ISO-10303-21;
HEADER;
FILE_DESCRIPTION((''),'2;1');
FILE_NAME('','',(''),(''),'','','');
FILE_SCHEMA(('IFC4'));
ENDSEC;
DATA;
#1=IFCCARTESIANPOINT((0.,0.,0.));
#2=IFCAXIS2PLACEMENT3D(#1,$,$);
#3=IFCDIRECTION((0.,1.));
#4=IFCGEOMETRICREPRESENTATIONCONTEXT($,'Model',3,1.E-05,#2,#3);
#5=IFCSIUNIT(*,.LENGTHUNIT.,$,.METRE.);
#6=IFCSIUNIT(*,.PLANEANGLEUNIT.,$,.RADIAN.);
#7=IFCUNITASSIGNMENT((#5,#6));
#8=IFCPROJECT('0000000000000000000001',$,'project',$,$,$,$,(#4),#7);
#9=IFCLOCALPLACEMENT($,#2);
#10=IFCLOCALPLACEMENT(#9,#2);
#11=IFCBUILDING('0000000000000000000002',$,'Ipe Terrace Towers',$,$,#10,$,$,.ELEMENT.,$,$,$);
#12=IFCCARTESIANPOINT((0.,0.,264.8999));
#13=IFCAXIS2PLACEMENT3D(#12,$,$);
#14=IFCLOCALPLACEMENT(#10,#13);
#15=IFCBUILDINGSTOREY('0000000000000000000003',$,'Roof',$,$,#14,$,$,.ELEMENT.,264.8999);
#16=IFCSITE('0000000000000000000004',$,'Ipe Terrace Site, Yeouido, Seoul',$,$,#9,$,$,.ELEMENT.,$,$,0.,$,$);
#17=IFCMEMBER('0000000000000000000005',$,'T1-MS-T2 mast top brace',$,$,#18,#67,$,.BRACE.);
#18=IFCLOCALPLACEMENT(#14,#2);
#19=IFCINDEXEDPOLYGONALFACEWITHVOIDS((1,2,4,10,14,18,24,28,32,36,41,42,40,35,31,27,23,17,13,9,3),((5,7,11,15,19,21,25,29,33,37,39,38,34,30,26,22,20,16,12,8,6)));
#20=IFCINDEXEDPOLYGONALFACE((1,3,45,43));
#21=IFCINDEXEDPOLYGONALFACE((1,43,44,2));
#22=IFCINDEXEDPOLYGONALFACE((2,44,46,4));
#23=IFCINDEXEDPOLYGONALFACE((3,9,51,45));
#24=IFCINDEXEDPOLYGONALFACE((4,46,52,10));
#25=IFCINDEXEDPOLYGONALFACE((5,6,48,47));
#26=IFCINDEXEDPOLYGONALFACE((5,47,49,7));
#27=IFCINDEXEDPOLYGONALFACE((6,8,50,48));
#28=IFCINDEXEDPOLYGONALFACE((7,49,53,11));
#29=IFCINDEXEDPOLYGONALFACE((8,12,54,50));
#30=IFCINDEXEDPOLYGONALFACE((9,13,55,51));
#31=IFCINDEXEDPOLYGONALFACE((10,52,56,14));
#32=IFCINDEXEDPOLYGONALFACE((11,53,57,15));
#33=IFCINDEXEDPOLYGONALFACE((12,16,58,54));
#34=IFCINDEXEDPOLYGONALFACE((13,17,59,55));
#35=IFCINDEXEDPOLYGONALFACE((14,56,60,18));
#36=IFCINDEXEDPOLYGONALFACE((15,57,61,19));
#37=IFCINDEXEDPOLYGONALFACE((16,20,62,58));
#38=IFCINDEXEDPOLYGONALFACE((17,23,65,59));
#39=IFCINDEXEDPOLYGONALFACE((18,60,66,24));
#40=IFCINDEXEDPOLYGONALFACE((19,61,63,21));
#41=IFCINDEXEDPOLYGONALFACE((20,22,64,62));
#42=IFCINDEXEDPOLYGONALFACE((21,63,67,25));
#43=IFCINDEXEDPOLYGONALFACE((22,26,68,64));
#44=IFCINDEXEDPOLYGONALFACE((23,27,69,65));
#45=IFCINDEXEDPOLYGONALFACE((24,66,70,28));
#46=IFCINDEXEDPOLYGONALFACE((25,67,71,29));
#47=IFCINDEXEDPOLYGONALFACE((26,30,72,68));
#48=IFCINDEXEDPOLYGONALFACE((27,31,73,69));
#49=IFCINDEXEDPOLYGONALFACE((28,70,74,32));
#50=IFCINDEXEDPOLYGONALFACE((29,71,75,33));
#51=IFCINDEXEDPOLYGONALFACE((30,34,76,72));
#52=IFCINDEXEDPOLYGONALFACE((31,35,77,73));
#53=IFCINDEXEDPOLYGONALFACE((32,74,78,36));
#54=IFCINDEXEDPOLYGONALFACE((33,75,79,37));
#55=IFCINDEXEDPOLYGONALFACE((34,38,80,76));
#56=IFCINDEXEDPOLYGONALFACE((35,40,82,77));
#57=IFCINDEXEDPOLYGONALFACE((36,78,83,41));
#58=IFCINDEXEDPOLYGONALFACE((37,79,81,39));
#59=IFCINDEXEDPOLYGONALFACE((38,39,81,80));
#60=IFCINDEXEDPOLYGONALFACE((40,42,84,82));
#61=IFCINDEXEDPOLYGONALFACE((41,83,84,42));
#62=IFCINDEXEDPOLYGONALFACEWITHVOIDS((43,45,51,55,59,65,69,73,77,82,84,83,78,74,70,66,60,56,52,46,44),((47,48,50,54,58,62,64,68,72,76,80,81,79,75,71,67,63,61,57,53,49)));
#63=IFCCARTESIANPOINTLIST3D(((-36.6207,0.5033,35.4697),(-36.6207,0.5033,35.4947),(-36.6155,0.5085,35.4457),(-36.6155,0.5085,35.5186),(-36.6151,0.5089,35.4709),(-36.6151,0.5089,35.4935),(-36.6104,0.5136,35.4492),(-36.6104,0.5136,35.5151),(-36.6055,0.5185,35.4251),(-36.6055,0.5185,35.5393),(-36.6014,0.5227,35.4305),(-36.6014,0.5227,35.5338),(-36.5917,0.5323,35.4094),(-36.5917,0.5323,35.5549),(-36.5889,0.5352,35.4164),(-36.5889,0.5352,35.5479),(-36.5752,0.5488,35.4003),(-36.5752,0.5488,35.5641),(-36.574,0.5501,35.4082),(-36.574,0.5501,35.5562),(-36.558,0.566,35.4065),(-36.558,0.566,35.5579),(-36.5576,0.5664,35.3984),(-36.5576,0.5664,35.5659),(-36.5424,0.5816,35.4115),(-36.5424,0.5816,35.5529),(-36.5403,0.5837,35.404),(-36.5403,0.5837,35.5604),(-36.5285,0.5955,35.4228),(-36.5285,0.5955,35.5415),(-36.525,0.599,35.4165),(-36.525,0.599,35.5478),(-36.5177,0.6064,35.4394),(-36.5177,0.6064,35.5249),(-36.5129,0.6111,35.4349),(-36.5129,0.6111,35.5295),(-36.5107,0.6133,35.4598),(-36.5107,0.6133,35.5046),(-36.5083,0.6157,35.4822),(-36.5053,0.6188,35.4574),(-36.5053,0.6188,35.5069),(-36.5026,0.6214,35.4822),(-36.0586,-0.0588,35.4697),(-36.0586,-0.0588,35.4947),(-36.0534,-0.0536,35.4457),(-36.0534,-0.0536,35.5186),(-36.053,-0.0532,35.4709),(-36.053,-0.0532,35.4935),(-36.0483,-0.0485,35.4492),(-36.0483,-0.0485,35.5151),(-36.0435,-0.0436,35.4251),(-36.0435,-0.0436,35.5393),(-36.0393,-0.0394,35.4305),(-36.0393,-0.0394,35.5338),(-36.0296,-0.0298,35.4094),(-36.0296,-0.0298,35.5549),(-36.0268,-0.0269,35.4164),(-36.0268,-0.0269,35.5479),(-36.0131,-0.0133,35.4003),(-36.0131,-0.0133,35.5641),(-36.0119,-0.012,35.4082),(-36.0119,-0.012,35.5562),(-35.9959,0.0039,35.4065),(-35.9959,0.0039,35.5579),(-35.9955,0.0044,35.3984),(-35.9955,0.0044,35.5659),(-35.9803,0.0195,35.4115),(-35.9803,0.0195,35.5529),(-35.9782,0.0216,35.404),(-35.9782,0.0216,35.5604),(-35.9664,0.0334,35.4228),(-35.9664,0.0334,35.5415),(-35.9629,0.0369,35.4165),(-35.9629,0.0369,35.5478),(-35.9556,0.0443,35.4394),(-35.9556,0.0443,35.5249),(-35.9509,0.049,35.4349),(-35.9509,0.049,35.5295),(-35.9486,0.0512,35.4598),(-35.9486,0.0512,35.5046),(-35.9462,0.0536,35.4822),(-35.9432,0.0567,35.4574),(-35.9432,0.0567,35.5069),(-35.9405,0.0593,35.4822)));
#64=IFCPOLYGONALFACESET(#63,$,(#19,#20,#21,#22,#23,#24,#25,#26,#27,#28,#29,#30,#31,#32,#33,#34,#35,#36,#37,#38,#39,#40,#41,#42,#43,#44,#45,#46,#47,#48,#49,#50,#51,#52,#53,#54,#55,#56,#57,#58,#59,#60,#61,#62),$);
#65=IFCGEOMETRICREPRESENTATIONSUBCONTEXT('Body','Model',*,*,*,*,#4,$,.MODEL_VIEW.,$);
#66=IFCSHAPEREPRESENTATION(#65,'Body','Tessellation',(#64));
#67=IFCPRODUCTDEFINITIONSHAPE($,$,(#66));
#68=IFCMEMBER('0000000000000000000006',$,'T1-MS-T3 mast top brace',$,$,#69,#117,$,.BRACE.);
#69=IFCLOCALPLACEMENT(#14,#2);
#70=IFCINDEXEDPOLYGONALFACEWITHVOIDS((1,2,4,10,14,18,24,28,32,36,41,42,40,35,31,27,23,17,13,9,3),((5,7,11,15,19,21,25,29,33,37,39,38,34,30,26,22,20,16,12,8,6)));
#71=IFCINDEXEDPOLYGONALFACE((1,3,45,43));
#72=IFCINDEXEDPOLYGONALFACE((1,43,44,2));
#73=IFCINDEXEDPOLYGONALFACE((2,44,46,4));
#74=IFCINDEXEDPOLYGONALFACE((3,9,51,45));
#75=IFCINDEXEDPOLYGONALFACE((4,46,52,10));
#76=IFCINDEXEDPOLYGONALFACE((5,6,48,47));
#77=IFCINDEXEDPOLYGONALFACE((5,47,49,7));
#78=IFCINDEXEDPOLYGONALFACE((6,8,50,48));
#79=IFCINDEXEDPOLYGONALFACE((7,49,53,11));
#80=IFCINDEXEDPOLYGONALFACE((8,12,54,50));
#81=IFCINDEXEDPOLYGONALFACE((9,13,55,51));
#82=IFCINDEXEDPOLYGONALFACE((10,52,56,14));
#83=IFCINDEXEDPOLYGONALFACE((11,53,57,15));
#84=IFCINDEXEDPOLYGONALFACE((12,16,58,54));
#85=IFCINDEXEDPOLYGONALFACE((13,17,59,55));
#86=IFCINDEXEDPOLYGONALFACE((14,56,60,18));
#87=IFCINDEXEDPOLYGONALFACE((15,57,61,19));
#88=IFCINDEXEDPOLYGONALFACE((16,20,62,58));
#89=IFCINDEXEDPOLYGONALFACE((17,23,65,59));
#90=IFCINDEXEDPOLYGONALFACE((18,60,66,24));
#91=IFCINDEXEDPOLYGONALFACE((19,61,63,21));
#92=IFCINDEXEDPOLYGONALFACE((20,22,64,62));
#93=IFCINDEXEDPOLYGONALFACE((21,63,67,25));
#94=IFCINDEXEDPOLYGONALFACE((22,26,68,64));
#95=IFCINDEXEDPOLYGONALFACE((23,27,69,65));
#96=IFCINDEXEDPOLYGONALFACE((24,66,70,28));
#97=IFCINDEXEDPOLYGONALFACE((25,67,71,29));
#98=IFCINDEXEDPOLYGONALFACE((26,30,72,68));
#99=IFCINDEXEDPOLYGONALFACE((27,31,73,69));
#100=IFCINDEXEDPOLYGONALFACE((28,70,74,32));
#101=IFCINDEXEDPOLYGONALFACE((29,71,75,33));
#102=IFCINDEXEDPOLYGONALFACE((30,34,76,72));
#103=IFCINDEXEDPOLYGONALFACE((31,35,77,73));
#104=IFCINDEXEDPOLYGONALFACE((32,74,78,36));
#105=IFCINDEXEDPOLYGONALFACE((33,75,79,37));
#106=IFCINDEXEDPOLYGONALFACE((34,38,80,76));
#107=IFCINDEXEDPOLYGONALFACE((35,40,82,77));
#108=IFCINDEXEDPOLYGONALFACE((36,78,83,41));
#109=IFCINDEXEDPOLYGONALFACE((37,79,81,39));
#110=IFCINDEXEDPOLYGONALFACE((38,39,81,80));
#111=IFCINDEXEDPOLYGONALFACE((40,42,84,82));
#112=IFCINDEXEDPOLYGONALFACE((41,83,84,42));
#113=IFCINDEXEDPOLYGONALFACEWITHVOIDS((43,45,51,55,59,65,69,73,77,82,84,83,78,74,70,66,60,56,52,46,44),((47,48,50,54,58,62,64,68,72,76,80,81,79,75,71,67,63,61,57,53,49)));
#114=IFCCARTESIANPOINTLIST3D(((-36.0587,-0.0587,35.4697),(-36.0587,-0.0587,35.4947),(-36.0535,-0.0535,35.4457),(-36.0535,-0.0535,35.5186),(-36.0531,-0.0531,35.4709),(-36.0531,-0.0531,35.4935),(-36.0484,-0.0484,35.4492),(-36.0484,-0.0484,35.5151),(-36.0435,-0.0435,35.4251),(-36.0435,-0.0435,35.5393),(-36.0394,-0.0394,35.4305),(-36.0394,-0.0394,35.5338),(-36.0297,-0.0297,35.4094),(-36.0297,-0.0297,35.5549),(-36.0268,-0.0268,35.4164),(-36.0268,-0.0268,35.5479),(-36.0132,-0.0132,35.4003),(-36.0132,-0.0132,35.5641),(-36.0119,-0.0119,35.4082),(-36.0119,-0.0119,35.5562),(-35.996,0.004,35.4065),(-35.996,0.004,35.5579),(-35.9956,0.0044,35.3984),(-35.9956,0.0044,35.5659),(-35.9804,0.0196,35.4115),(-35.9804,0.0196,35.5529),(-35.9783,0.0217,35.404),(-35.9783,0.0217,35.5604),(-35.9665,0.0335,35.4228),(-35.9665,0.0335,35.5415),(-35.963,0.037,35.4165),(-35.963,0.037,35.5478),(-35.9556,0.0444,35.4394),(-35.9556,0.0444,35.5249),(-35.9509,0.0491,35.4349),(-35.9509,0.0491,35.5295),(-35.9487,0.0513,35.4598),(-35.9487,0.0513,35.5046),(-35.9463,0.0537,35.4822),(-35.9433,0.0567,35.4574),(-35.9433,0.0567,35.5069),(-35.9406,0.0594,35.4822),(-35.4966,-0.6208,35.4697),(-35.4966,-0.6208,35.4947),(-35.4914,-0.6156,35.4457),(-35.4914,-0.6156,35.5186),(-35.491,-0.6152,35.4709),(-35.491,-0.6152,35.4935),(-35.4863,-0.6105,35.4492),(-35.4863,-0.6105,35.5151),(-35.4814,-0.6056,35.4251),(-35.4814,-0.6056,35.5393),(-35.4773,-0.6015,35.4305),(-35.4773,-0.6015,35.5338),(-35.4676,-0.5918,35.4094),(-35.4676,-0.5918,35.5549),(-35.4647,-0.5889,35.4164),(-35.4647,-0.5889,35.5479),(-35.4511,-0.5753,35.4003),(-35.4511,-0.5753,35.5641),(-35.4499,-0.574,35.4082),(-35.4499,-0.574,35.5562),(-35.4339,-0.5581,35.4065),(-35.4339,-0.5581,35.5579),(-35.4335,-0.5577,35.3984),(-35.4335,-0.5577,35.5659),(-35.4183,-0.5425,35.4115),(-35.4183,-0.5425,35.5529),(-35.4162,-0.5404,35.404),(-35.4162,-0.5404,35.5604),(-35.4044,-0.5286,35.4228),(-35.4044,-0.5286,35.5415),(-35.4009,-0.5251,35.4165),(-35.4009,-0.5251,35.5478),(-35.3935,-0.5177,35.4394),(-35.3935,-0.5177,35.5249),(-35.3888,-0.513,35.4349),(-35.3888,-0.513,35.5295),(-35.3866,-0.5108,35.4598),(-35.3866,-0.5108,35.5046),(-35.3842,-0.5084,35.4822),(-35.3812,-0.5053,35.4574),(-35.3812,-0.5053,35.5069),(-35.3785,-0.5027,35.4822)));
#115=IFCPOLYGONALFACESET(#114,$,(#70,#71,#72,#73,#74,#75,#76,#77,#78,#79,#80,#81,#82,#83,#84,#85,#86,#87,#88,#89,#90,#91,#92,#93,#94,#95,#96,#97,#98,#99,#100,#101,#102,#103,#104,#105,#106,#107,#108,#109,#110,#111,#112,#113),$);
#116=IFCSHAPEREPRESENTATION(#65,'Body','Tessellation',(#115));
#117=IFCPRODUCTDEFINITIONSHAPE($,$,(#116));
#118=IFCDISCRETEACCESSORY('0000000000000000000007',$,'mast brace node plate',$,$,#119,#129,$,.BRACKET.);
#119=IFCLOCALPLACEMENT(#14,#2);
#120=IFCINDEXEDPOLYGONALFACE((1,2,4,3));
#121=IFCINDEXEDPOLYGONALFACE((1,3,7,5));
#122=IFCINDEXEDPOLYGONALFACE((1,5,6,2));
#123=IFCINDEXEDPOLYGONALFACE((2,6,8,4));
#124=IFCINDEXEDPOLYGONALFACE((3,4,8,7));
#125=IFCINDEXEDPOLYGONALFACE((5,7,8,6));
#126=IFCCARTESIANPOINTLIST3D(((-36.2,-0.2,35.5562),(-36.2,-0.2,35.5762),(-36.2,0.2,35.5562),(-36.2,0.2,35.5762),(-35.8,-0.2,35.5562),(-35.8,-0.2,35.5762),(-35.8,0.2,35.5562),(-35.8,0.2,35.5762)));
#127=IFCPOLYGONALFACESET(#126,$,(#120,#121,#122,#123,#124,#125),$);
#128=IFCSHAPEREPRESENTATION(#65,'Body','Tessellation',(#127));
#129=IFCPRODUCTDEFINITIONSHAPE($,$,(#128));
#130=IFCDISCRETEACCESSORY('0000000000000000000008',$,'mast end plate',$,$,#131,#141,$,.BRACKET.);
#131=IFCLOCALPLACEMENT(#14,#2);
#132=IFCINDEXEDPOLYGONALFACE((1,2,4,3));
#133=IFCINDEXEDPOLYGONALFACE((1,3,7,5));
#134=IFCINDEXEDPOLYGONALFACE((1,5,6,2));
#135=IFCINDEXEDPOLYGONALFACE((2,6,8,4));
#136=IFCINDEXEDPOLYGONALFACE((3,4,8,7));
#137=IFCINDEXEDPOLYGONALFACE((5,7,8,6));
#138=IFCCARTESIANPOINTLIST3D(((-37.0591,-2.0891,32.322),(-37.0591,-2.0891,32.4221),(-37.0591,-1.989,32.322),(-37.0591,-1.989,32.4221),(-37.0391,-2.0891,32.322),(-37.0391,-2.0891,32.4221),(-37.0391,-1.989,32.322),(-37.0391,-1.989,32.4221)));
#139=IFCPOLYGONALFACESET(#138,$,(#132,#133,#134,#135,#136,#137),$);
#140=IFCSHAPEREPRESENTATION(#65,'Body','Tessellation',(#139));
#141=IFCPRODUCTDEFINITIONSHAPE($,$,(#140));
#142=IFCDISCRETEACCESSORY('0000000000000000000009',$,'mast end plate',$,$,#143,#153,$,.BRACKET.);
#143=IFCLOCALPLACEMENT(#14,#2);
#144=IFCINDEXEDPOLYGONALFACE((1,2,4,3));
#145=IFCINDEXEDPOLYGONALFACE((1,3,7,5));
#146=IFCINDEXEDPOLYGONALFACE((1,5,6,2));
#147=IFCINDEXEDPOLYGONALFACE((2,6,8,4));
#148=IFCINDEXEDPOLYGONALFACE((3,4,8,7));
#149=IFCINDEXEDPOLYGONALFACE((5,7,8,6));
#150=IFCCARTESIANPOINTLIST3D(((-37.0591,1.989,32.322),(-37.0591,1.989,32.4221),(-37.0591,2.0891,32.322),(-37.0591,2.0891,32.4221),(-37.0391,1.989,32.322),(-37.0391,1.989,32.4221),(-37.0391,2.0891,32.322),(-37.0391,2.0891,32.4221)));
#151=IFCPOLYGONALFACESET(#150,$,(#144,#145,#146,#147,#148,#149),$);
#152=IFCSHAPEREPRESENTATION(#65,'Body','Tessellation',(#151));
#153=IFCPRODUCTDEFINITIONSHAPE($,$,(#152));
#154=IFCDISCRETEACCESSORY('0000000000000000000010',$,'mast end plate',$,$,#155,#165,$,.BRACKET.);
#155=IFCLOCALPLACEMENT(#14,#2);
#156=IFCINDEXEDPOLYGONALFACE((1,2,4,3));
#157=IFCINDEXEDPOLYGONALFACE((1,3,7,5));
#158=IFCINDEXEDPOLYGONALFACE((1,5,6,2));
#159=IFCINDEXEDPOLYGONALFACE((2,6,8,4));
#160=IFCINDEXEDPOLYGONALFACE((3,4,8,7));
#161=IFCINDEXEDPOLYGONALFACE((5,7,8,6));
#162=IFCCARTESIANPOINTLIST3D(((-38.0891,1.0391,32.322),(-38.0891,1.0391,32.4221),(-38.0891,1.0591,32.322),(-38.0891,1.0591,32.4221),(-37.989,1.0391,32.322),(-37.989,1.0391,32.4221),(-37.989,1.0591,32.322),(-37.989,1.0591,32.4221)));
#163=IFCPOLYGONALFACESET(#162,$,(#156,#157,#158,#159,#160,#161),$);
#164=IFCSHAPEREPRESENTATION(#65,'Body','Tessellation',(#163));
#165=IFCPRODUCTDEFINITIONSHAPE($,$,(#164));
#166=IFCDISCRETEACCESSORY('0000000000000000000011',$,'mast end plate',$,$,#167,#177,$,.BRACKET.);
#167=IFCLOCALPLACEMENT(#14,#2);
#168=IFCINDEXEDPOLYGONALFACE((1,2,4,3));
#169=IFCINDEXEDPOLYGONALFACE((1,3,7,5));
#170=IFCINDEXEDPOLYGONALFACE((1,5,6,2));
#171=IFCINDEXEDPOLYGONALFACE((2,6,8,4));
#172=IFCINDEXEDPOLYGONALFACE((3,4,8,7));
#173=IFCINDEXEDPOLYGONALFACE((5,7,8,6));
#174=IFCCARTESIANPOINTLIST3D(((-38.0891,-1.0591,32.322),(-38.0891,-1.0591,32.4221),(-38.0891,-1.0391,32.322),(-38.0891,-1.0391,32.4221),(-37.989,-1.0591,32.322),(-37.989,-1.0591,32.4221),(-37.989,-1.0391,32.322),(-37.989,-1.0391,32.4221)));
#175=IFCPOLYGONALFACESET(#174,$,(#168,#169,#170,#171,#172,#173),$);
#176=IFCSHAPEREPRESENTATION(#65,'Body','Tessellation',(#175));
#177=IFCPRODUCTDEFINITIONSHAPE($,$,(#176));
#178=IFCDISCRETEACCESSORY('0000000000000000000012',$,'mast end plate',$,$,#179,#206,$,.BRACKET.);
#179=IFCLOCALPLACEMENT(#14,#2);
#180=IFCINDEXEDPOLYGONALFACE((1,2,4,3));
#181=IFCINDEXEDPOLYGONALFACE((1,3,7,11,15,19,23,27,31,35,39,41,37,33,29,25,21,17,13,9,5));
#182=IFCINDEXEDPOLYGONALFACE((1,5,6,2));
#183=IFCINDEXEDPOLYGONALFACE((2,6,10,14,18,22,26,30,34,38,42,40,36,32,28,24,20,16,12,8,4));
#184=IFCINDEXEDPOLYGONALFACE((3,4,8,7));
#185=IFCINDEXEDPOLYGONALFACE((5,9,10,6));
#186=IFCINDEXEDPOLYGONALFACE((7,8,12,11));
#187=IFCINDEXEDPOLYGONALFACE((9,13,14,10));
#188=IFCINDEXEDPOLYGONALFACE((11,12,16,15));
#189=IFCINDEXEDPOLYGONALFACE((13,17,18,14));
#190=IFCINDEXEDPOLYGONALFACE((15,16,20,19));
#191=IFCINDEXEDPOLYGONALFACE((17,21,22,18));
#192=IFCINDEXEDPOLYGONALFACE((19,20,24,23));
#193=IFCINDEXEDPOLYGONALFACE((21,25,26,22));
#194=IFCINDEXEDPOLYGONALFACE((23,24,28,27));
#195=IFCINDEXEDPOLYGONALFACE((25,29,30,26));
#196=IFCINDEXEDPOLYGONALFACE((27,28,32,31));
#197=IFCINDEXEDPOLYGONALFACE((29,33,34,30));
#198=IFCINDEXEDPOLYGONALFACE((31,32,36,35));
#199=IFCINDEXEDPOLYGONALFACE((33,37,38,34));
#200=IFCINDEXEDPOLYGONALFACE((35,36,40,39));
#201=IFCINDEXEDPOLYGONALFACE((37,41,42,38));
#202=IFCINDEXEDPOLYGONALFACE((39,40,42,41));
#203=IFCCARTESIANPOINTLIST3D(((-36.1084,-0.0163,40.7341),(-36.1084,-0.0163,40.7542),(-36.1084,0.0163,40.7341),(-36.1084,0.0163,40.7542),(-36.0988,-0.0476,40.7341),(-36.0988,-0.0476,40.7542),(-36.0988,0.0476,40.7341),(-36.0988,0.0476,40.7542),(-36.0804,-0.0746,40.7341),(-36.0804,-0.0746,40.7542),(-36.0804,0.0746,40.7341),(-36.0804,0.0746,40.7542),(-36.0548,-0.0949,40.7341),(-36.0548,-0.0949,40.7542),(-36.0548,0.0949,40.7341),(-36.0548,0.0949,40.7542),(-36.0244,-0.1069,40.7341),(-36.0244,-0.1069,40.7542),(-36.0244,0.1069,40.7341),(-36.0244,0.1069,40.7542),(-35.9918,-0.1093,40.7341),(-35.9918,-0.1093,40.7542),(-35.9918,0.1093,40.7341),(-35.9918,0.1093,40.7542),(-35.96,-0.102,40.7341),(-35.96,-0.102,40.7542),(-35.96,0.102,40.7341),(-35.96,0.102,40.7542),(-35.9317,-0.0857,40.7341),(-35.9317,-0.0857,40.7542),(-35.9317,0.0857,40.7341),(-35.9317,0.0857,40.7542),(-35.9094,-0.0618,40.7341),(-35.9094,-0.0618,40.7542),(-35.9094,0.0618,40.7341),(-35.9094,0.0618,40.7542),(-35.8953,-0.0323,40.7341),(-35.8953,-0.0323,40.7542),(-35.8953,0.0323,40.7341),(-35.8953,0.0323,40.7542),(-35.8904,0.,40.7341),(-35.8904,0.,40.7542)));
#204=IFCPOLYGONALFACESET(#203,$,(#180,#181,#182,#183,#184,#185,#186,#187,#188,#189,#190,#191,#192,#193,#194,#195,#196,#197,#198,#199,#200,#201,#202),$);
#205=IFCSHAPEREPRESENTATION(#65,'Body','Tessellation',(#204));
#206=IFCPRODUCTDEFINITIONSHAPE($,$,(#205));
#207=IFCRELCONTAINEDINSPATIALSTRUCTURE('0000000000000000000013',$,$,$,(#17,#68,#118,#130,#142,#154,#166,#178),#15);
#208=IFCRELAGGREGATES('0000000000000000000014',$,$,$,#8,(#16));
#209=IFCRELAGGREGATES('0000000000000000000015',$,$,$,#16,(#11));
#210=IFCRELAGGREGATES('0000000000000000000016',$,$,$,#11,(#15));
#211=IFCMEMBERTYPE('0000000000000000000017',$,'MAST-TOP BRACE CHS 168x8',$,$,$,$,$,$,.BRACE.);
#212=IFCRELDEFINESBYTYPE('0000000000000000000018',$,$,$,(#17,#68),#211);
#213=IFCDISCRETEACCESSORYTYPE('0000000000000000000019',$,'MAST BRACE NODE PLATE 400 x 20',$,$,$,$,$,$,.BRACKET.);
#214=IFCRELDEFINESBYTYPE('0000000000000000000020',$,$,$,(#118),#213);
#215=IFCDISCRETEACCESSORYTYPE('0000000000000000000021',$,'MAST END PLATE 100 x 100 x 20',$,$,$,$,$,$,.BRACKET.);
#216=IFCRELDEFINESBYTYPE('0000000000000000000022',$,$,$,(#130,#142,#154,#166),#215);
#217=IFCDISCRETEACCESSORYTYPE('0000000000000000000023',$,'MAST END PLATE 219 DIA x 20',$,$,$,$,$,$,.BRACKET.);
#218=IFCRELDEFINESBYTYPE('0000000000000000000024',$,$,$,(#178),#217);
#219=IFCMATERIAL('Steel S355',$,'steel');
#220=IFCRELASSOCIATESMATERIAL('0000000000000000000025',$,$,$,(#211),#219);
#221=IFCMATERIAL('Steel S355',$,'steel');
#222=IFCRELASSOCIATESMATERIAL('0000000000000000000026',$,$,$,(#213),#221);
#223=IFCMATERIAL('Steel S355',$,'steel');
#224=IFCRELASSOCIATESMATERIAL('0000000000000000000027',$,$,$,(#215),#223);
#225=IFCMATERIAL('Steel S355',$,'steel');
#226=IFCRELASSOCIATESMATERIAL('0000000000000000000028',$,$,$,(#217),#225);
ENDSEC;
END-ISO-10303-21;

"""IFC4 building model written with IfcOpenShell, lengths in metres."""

from ifc_helpers import new_model, si_unit, direction, frame, origin, origin_2d, place, context, subcontext, project, spatial, rectangle, circle, hollow_circle, extrude, material, material_profile, profile_set, type_object, element, save


model = new_model("IFC4")

# Units and contexts
model_context = context("Model", 3, precision=1e-05, world=origin(), true_north=direction((0.0, 1.0)))
body_context = subcontext(model_context, "Body", "Model", "MODEL_VIEW")
ifc_project = project(units=[si_unit("LENGTHUNIT", "METRE"), si_unit("PLANEANGLEUNIT", "RADIAN")], contexts=[model_context])

# Site, building, storey
site_placement = place(None, origin())
site = spatial("IfcSite", under=ifc_project, at=site_placement, Name="Ipe Terrace Site, Yeouido, Seoul", CompositionType="ELEMENT", RefElevation=0.0)
building_placement = place(site_placement, origin())
building = spatial("IfcBuilding", under=site, at=building_placement, Name="Ipe Terrace Towers", CompositionType="ELEMENT")
storey_placement = place(building_placement, frame((0.0, 0.0, 264.8999)))
storey = spatial("IfcBuildingStorey", under=building, at=storey_placement, Name="Roof", CompositionType="ELEMENT", Elevation=264.8999)

# Members
ifc_material_1 = material(Name="Steel S355", Category="steel")
ifc_material_profile_1 = material_profile(ifc_material_1, hollow_circle(Radius=0.084, WallThickness=0.0081, at=origin_2d()), Name="MAST-TOP BRACE CHS 168x8")
ifc_profile_set_1 = profile_set([ifc_material_profile_1], Name="Steel S355")
member_type_1 = type_object("IfcMemberType", Name="MAST-TOP BRACE CHS 168x8", PredefinedType="BRACE", material=ifc_profile_set_1)
for number, where, z_axis, x_axis, name in (
    (1, (-36.562, 0.562, 35.4822), (0.707107, -0.707107, 0.0), (0.707107, 0.707107, 0.0), "T1-MS-T2 mast top brace"),
    (2, (-36.0, 0.0, 35.4822), (0.707107, -0.707107, 0.0), (0.707107, 0.707107, 0.0), "T1-MS-T3 mast top brace"),
):
    element("IfcMember", number, at=place(storey_placement, frame(where, z_axis=z_axis, x_axis=x_axis)), inside=storey, type_object=member_type_1, Name=name, PredefinedType="BRACE", context=body_context, shape_type="SweptSolid", body=[
        extrude(hollow_circle(Radius=0.084, WallThickness=0.0081, at=origin_2d()), origin(), (0.0, 0.0, 1.0), 0.7949),
    ])

# Discrete accessories
ifc_material_2 = material(Name="Steel S355", Category="steel")
discrete_accessory_type_1 = type_object("IfcDiscreteAccessoryType", Name="MAST BRACE NODE PLATE 400 x 20", PredefinedType="BRACKET", material=ifc_material_2)
discrete_accessory_1_placement = place(storey_placement, frame((-36.0, 0.0, 35.5562), z_axis=(0.0, 0.0, 1.0), x_axis=(1.0, 0.0, 0.0)))
element("IfcDiscreteAccessory", 3, at=discrete_accessory_1_placement, inside=storey, type_object=discrete_accessory_type_1, Name="mast brace node plate", PredefinedType="BRACKET", context=body_context, shape_type="SweptSolid", body=[
    extrude(rectangle(XDim=0.3999, YDim=0.3999, at=origin_2d()), origin(), (0.0, 0.0, 1.0), 0.02),
])
ifc_material_3 = material(Name="Steel S355", Category="steel")
ifc_material_profile_2 = material_profile(ifc_material_3, rectangle(XDim=0.1001, YDim=0.1001, at=origin_2d()), Name="MAST END PLATE 100 x 100 x 20")
ifc_profile_set_2 = profile_set([ifc_material_profile_2], Name="Steel S355")
discrete_accessory_type_2 = type_object("IfcDiscreteAccessoryType", Name="MAST END PLATE 100 x 100 x 20", PredefinedType="BRACKET", material=ifc_profile_set_2)
for number, where, z_axis, x_axis, name in (
    (4, (-37.0391, -2.0391, 32.3721), (-1.0, 0.0, 0.0), (0.0, -1.0, 0.0), "mast end plate"),
    (5, (-37.0391, 2.0391, 32.3721), (-1.0, 0.0, 0.0), (0.0, -1.0, 0.0), "mast end plate"),
    (6, (-38.0391, 1.0391, 32.3721), (0.0, 1.0, 0.0), (-1.0, 0.0, 0.0), "mast end plate"),
    (7, (-38.0391, -1.0391, 32.3721), (0.0, -1.0, 0.0), (1.0, 0.0, 0.0), "mast end plate"),
):
    element("IfcDiscreteAccessory", number, at=place(storey_placement, frame(where, z_axis=z_axis, x_axis=x_axis)), inside=storey, type_object=discrete_accessory_type_2, Name=name, PredefinedType="BRACKET", context=body_context, shape_type="SweptSolid", body=[
        extrude(rectangle(XDim=0.1001, YDim=0.1001, at=origin_2d()), origin(), (0.0, 0.0, 1.0), 0.02),
    ])
ifc_material_4 = material(Name="Steel S355", Category="steel")
ifc_material_profile_3 = material_profile(ifc_material_4, circle(Radius=0.1096, at=origin_2d()), Name="MAST END PLATE 219 DIA x 20")
ifc_profile_set_3 = profile_set([ifc_material_profile_3], Name="Steel S355")
discrete_accessory_type_3 = type_object("IfcDiscreteAccessoryType", Name="MAST END PLATE 219 DIA x 20", PredefinedType="BRACKET", material=ifc_profile_set_3)
discrete_accessory_2_placement = place(storey_placement, frame((-36.0, 0.0, 40.7341), z_axis=(0.0, 0.0, 1.0), x_axis=(1.0, 0.0, 0.0)))
element("IfcDiscreteAccessory", 8, at=discrete_accessory_2_placement, inside=storey, type_object=discrete_accessory_type_3, Name="mast end plate", PredefinedType="BRACKET", context=body_context, shape_type="SweptSolid", body=[
    extrude(circle(Radius=0.1096, at=origin_2d()), origin(), (0.0, 0.0, 1.0), 0.02),
])

save(model, "model.ifc")
